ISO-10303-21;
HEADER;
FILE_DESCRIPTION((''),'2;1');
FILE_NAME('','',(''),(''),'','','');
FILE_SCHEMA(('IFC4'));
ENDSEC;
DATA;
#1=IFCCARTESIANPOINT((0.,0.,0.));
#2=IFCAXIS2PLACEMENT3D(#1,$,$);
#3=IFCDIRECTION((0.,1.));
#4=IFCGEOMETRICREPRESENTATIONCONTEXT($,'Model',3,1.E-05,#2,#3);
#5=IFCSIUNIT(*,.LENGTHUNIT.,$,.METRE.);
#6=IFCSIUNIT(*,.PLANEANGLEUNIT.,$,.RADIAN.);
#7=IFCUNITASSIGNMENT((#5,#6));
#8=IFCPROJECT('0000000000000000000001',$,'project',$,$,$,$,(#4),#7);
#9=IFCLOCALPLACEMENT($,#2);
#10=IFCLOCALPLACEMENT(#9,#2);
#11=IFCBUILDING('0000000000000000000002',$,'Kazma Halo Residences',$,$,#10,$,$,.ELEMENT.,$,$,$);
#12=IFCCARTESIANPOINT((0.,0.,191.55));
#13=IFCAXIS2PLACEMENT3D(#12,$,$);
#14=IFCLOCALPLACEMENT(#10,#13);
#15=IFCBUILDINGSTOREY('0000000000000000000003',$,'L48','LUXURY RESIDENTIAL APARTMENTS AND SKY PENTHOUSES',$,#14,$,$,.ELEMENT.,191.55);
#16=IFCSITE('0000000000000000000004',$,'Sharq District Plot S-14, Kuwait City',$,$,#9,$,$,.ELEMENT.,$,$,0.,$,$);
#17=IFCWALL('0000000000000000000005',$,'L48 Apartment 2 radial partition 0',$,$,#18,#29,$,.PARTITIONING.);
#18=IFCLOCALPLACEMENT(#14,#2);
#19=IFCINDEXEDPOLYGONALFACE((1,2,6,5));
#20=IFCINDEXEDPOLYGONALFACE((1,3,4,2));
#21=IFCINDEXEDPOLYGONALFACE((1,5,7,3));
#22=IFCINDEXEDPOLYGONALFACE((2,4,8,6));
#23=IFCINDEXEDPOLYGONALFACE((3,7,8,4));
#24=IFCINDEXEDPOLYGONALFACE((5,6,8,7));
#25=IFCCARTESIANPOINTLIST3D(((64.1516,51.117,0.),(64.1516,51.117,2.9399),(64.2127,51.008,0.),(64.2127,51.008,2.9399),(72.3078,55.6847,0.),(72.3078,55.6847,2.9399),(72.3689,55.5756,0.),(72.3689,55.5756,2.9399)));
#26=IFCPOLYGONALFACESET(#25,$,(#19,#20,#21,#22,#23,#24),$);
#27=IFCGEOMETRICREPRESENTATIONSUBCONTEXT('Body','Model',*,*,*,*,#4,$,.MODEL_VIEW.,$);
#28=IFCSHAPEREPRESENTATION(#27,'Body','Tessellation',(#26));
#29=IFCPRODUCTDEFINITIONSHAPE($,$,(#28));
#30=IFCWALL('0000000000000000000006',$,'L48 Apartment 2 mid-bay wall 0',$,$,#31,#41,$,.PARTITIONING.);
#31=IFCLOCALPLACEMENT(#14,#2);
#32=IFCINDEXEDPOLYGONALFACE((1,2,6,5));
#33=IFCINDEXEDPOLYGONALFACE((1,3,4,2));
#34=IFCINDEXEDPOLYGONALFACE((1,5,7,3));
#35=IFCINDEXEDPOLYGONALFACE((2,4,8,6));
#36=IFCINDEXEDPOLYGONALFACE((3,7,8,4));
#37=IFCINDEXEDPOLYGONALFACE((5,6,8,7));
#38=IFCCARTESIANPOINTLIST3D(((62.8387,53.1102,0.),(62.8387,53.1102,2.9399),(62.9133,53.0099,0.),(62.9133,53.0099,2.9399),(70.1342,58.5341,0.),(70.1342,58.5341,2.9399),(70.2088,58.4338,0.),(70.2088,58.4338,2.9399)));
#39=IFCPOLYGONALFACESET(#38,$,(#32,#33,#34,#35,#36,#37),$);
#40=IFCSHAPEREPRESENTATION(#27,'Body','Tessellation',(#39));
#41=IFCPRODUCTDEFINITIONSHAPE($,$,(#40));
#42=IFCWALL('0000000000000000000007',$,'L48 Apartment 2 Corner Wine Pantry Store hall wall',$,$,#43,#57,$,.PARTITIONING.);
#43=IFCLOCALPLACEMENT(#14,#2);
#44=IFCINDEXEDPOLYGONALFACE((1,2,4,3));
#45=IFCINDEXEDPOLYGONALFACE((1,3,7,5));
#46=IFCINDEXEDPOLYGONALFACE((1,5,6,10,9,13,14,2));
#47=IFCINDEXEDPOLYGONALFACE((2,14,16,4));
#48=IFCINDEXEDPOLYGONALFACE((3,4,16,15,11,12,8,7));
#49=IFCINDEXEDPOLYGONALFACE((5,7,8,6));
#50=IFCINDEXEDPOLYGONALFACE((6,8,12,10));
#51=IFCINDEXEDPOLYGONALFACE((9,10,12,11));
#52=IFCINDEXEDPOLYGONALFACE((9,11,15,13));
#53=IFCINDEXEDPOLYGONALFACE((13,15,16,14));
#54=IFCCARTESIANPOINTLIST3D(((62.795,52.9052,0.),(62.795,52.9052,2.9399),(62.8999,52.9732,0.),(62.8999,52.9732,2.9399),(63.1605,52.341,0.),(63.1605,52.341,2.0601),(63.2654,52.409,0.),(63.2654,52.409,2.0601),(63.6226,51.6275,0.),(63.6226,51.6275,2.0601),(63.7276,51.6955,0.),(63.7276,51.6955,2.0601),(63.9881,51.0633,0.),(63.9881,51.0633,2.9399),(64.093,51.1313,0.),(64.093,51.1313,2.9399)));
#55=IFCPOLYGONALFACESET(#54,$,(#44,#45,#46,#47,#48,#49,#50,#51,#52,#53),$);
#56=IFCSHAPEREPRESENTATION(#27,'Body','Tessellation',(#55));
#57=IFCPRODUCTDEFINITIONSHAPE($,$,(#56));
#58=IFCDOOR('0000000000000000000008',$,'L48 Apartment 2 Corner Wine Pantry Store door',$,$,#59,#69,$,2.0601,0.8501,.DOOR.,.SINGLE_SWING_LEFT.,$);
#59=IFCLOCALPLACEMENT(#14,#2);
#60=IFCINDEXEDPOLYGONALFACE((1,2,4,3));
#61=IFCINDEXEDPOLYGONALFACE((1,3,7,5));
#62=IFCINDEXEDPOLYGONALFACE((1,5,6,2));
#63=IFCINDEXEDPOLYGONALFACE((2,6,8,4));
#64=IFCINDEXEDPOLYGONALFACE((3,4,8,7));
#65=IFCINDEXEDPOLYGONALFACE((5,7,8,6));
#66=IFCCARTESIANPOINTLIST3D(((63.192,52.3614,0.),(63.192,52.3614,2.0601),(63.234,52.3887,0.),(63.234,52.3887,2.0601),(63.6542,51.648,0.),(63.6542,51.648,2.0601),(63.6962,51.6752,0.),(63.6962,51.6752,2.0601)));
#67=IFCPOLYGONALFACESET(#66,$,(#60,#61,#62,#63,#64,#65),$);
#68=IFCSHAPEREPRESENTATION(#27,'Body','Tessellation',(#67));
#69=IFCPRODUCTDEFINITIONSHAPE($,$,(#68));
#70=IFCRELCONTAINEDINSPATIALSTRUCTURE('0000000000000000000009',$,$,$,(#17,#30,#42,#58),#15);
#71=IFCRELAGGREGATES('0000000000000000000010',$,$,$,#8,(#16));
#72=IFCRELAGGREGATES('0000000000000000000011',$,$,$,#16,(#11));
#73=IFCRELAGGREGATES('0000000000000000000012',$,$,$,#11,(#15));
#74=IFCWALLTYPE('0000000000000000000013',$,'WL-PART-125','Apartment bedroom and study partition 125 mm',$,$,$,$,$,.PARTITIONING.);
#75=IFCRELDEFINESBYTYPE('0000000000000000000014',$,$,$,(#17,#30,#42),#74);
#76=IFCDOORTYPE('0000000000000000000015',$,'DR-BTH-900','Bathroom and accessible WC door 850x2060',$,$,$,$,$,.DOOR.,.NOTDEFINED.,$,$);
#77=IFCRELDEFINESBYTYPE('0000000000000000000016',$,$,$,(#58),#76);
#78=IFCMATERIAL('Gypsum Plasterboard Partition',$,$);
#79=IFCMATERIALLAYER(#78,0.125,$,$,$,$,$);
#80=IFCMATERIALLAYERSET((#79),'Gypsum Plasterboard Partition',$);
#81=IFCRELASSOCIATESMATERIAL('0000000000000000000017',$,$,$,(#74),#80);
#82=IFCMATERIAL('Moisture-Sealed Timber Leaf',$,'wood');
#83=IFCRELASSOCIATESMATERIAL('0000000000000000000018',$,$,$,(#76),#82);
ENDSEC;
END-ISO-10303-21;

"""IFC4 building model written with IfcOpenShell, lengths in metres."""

from ifc_helpers import new_model, si_unit, direction, frame, frame_2d, origin, place, context, subcontext, project, spatial, rectangle, extrude, material, layer, layer_set, type_object, element, fill, save


model = new_model("IFC4")

# Units and contexts
model_context = context("Model", 3, precision=1e-05, world=origin(), true_north=direction((0.0, 1.0)))
body_context = subcontext(model_context, "Body", "Model", "MODEL_VIEW")
ifc_project = project(units=[si_unit("LENGTHUNIT", "METRE"), si_unit("PLANEANGLEUNIT", "RADIAN")], contexts=[model_context])

# Site, building, storey
site_placement = place(None, origin())
site = spatial("IfcSite", under=ifc_project, at=site_placement, Name="Sharq District Plot S-14, Kuwait City", CompositionType="ELEMENT", RefElevation=0.0)
building_placement = place(site_placement, origin())
building = spatial("IfcBuilding", under=site, at=building_placement, Name="Kazma Halo Residences", CompositionType="ELEMENT")
storey_placement = place(building_placement, frame((0.0, 0.0, 191.55)))
storey = spatial("IfcBuildingStorey", under=building, at=storey_placement, Name="L48", Description="LUXURY RESIDENTIAL APARTMENTS AND SKY PENTHOUSES", CompositionType="ELEMENT", Elevation=191.55)

# Shared definitions
ifc_material_1 = material(Name="Gypsum Plasterboard Partition")
ifc_layer_1 = layer(ifc_material_1, 0.125)
ifc_layer_set_1 = layer_set([ifc_layer_1], Name="Gypsum Plasterboard Partition")
wall_type_1 = type_object("IfcWallType", Name="WL-PART-125", Description="Apartment bedroom and study partition 125 mm", PredefinedType="PARTITIONING", material=ifc_layer_set_1)

# Shared definitions
ifc_material_2 = material(Name="Moisture-Sealed Timber Leaf", Category="wood")
door_type = type_object("IfcDoorType", Name="DR-BTH-900", Description="Bathroom and accessible WC door 850x2060", OperationType="NOTDEFINED", PredefinedType="DOOR", material=ifc_material_2)

# Walls
wall_1_placement = place(storey_placement, frame((64.1821, 51.0625, 0.0), z_axis=(0.0, 0.0, 1.0), x_axis=(0.8725, 0.488614, 0.0)))
element("IfcWall", 1, at=wall_1_placement, inside=storey, type_object=wall_type_1, Name="L48 Apartment 2 radial partition 0", PredefinedType="PARTITIONING", context=body_context, shape_type="SweptSolid", body=[
    extrude(rectangle(XDim=9.3481, YDim=0.125, at=frame_2d((4.6741, 0.0))), origin(), (0.0, 0.0, 1.0), 2.9399),
])
wall_2_placement = place(storey_placement, frame((62.876, 53.0601, 0.0), z_axis=(0.0, 0.0, 1.0), x_axis=(0.802513, 0.596634, 0.0)))
element("IfcWall", 2, at=wall_2_placement, inside=storey, type_object=wall_type_1, Name="L48 Apartment 2 mid-bay wall 0", PredefinedType="PARTITIONING", context=body_context, shape_type="SweptSolid", body=[
    extrude(rectangle(XDim=9.0908, YDim=0.125, at=frame_2d((4.5454, 0.0))), origin(), (0.0, 0.0, 1.0), 2.9399),
])

# Wall, opening, door
wall_3_placement = place(storey_placement, frame((64.0405, 51.0974, 0.0), z_axis=(0.0, 0.0, 1.0), x_axis=(-0.543689, 0.839286, 0.0)))
wall_3 = element("IfcWall", 3, at=wall_3_placement, inside=storey, type_object=wall_type_1, Name="L48 Apartment 2 Corner Wine Pantry Store hall wall", PredefinedType="PARTITIONING", context=body_context, shape_type="SweptSolid", body=[
    extrude(rectangle(XDim=2.1946, YDim=0.125, at=frame_2d((1.0972, 0.0))), origin(), (0.0, 0.0, 1.0), 2.9399),
])
opening_1_placement = place(wall_3_placement, frame((0.6721, 0.0, 0.0)))
opening_1 = element("IfcOpeningElement", 4, at=opening_1_placement, cuts=wall_3, PredefinedType="OPENING", context=body_context, shape_type="SweptSolid", body=[
    extrude(rectangle(XDim=0.8501, YDim=2.0601, at=frame_2d((0.425, 1.03))), frame((0.0, 0.0725, 0.0), z_axis=(0.0, -1.0, 0.0), x_axis=(1.0, 0.0, 0.0)), (0.0, 0.0, 1.0), 0.145),
])
door_1_placement = place(opening_1_placement, origin())
door_1 = element("IfcDoor", 5, at=door_1_placement, inside=storey, type_object=door_type, Name="L48 Apartment 2 Corner Wine Pantry Store door", OperationType="SINGLE_SWING_LEFT", OverallHeight=2.0601, OverallWidth=0.8501, PredefinedType="DOOR", context=body_context, shape_type="SweptSolid", body=[
    extrude(rectangle(XDim=0.8501, YDim=2.0601, at=frame_2d((0.425, 1.03))), frame((0.0, 0.0249, 0.0), z_axis=(0.0, -1.0, 0.0), x_axis=(1.0, 0.0, 0.0)), (0.0, 0.0, 1.0), 0.05),
])
fill(opening_1, door_1)

save(model, "model.ifc")
